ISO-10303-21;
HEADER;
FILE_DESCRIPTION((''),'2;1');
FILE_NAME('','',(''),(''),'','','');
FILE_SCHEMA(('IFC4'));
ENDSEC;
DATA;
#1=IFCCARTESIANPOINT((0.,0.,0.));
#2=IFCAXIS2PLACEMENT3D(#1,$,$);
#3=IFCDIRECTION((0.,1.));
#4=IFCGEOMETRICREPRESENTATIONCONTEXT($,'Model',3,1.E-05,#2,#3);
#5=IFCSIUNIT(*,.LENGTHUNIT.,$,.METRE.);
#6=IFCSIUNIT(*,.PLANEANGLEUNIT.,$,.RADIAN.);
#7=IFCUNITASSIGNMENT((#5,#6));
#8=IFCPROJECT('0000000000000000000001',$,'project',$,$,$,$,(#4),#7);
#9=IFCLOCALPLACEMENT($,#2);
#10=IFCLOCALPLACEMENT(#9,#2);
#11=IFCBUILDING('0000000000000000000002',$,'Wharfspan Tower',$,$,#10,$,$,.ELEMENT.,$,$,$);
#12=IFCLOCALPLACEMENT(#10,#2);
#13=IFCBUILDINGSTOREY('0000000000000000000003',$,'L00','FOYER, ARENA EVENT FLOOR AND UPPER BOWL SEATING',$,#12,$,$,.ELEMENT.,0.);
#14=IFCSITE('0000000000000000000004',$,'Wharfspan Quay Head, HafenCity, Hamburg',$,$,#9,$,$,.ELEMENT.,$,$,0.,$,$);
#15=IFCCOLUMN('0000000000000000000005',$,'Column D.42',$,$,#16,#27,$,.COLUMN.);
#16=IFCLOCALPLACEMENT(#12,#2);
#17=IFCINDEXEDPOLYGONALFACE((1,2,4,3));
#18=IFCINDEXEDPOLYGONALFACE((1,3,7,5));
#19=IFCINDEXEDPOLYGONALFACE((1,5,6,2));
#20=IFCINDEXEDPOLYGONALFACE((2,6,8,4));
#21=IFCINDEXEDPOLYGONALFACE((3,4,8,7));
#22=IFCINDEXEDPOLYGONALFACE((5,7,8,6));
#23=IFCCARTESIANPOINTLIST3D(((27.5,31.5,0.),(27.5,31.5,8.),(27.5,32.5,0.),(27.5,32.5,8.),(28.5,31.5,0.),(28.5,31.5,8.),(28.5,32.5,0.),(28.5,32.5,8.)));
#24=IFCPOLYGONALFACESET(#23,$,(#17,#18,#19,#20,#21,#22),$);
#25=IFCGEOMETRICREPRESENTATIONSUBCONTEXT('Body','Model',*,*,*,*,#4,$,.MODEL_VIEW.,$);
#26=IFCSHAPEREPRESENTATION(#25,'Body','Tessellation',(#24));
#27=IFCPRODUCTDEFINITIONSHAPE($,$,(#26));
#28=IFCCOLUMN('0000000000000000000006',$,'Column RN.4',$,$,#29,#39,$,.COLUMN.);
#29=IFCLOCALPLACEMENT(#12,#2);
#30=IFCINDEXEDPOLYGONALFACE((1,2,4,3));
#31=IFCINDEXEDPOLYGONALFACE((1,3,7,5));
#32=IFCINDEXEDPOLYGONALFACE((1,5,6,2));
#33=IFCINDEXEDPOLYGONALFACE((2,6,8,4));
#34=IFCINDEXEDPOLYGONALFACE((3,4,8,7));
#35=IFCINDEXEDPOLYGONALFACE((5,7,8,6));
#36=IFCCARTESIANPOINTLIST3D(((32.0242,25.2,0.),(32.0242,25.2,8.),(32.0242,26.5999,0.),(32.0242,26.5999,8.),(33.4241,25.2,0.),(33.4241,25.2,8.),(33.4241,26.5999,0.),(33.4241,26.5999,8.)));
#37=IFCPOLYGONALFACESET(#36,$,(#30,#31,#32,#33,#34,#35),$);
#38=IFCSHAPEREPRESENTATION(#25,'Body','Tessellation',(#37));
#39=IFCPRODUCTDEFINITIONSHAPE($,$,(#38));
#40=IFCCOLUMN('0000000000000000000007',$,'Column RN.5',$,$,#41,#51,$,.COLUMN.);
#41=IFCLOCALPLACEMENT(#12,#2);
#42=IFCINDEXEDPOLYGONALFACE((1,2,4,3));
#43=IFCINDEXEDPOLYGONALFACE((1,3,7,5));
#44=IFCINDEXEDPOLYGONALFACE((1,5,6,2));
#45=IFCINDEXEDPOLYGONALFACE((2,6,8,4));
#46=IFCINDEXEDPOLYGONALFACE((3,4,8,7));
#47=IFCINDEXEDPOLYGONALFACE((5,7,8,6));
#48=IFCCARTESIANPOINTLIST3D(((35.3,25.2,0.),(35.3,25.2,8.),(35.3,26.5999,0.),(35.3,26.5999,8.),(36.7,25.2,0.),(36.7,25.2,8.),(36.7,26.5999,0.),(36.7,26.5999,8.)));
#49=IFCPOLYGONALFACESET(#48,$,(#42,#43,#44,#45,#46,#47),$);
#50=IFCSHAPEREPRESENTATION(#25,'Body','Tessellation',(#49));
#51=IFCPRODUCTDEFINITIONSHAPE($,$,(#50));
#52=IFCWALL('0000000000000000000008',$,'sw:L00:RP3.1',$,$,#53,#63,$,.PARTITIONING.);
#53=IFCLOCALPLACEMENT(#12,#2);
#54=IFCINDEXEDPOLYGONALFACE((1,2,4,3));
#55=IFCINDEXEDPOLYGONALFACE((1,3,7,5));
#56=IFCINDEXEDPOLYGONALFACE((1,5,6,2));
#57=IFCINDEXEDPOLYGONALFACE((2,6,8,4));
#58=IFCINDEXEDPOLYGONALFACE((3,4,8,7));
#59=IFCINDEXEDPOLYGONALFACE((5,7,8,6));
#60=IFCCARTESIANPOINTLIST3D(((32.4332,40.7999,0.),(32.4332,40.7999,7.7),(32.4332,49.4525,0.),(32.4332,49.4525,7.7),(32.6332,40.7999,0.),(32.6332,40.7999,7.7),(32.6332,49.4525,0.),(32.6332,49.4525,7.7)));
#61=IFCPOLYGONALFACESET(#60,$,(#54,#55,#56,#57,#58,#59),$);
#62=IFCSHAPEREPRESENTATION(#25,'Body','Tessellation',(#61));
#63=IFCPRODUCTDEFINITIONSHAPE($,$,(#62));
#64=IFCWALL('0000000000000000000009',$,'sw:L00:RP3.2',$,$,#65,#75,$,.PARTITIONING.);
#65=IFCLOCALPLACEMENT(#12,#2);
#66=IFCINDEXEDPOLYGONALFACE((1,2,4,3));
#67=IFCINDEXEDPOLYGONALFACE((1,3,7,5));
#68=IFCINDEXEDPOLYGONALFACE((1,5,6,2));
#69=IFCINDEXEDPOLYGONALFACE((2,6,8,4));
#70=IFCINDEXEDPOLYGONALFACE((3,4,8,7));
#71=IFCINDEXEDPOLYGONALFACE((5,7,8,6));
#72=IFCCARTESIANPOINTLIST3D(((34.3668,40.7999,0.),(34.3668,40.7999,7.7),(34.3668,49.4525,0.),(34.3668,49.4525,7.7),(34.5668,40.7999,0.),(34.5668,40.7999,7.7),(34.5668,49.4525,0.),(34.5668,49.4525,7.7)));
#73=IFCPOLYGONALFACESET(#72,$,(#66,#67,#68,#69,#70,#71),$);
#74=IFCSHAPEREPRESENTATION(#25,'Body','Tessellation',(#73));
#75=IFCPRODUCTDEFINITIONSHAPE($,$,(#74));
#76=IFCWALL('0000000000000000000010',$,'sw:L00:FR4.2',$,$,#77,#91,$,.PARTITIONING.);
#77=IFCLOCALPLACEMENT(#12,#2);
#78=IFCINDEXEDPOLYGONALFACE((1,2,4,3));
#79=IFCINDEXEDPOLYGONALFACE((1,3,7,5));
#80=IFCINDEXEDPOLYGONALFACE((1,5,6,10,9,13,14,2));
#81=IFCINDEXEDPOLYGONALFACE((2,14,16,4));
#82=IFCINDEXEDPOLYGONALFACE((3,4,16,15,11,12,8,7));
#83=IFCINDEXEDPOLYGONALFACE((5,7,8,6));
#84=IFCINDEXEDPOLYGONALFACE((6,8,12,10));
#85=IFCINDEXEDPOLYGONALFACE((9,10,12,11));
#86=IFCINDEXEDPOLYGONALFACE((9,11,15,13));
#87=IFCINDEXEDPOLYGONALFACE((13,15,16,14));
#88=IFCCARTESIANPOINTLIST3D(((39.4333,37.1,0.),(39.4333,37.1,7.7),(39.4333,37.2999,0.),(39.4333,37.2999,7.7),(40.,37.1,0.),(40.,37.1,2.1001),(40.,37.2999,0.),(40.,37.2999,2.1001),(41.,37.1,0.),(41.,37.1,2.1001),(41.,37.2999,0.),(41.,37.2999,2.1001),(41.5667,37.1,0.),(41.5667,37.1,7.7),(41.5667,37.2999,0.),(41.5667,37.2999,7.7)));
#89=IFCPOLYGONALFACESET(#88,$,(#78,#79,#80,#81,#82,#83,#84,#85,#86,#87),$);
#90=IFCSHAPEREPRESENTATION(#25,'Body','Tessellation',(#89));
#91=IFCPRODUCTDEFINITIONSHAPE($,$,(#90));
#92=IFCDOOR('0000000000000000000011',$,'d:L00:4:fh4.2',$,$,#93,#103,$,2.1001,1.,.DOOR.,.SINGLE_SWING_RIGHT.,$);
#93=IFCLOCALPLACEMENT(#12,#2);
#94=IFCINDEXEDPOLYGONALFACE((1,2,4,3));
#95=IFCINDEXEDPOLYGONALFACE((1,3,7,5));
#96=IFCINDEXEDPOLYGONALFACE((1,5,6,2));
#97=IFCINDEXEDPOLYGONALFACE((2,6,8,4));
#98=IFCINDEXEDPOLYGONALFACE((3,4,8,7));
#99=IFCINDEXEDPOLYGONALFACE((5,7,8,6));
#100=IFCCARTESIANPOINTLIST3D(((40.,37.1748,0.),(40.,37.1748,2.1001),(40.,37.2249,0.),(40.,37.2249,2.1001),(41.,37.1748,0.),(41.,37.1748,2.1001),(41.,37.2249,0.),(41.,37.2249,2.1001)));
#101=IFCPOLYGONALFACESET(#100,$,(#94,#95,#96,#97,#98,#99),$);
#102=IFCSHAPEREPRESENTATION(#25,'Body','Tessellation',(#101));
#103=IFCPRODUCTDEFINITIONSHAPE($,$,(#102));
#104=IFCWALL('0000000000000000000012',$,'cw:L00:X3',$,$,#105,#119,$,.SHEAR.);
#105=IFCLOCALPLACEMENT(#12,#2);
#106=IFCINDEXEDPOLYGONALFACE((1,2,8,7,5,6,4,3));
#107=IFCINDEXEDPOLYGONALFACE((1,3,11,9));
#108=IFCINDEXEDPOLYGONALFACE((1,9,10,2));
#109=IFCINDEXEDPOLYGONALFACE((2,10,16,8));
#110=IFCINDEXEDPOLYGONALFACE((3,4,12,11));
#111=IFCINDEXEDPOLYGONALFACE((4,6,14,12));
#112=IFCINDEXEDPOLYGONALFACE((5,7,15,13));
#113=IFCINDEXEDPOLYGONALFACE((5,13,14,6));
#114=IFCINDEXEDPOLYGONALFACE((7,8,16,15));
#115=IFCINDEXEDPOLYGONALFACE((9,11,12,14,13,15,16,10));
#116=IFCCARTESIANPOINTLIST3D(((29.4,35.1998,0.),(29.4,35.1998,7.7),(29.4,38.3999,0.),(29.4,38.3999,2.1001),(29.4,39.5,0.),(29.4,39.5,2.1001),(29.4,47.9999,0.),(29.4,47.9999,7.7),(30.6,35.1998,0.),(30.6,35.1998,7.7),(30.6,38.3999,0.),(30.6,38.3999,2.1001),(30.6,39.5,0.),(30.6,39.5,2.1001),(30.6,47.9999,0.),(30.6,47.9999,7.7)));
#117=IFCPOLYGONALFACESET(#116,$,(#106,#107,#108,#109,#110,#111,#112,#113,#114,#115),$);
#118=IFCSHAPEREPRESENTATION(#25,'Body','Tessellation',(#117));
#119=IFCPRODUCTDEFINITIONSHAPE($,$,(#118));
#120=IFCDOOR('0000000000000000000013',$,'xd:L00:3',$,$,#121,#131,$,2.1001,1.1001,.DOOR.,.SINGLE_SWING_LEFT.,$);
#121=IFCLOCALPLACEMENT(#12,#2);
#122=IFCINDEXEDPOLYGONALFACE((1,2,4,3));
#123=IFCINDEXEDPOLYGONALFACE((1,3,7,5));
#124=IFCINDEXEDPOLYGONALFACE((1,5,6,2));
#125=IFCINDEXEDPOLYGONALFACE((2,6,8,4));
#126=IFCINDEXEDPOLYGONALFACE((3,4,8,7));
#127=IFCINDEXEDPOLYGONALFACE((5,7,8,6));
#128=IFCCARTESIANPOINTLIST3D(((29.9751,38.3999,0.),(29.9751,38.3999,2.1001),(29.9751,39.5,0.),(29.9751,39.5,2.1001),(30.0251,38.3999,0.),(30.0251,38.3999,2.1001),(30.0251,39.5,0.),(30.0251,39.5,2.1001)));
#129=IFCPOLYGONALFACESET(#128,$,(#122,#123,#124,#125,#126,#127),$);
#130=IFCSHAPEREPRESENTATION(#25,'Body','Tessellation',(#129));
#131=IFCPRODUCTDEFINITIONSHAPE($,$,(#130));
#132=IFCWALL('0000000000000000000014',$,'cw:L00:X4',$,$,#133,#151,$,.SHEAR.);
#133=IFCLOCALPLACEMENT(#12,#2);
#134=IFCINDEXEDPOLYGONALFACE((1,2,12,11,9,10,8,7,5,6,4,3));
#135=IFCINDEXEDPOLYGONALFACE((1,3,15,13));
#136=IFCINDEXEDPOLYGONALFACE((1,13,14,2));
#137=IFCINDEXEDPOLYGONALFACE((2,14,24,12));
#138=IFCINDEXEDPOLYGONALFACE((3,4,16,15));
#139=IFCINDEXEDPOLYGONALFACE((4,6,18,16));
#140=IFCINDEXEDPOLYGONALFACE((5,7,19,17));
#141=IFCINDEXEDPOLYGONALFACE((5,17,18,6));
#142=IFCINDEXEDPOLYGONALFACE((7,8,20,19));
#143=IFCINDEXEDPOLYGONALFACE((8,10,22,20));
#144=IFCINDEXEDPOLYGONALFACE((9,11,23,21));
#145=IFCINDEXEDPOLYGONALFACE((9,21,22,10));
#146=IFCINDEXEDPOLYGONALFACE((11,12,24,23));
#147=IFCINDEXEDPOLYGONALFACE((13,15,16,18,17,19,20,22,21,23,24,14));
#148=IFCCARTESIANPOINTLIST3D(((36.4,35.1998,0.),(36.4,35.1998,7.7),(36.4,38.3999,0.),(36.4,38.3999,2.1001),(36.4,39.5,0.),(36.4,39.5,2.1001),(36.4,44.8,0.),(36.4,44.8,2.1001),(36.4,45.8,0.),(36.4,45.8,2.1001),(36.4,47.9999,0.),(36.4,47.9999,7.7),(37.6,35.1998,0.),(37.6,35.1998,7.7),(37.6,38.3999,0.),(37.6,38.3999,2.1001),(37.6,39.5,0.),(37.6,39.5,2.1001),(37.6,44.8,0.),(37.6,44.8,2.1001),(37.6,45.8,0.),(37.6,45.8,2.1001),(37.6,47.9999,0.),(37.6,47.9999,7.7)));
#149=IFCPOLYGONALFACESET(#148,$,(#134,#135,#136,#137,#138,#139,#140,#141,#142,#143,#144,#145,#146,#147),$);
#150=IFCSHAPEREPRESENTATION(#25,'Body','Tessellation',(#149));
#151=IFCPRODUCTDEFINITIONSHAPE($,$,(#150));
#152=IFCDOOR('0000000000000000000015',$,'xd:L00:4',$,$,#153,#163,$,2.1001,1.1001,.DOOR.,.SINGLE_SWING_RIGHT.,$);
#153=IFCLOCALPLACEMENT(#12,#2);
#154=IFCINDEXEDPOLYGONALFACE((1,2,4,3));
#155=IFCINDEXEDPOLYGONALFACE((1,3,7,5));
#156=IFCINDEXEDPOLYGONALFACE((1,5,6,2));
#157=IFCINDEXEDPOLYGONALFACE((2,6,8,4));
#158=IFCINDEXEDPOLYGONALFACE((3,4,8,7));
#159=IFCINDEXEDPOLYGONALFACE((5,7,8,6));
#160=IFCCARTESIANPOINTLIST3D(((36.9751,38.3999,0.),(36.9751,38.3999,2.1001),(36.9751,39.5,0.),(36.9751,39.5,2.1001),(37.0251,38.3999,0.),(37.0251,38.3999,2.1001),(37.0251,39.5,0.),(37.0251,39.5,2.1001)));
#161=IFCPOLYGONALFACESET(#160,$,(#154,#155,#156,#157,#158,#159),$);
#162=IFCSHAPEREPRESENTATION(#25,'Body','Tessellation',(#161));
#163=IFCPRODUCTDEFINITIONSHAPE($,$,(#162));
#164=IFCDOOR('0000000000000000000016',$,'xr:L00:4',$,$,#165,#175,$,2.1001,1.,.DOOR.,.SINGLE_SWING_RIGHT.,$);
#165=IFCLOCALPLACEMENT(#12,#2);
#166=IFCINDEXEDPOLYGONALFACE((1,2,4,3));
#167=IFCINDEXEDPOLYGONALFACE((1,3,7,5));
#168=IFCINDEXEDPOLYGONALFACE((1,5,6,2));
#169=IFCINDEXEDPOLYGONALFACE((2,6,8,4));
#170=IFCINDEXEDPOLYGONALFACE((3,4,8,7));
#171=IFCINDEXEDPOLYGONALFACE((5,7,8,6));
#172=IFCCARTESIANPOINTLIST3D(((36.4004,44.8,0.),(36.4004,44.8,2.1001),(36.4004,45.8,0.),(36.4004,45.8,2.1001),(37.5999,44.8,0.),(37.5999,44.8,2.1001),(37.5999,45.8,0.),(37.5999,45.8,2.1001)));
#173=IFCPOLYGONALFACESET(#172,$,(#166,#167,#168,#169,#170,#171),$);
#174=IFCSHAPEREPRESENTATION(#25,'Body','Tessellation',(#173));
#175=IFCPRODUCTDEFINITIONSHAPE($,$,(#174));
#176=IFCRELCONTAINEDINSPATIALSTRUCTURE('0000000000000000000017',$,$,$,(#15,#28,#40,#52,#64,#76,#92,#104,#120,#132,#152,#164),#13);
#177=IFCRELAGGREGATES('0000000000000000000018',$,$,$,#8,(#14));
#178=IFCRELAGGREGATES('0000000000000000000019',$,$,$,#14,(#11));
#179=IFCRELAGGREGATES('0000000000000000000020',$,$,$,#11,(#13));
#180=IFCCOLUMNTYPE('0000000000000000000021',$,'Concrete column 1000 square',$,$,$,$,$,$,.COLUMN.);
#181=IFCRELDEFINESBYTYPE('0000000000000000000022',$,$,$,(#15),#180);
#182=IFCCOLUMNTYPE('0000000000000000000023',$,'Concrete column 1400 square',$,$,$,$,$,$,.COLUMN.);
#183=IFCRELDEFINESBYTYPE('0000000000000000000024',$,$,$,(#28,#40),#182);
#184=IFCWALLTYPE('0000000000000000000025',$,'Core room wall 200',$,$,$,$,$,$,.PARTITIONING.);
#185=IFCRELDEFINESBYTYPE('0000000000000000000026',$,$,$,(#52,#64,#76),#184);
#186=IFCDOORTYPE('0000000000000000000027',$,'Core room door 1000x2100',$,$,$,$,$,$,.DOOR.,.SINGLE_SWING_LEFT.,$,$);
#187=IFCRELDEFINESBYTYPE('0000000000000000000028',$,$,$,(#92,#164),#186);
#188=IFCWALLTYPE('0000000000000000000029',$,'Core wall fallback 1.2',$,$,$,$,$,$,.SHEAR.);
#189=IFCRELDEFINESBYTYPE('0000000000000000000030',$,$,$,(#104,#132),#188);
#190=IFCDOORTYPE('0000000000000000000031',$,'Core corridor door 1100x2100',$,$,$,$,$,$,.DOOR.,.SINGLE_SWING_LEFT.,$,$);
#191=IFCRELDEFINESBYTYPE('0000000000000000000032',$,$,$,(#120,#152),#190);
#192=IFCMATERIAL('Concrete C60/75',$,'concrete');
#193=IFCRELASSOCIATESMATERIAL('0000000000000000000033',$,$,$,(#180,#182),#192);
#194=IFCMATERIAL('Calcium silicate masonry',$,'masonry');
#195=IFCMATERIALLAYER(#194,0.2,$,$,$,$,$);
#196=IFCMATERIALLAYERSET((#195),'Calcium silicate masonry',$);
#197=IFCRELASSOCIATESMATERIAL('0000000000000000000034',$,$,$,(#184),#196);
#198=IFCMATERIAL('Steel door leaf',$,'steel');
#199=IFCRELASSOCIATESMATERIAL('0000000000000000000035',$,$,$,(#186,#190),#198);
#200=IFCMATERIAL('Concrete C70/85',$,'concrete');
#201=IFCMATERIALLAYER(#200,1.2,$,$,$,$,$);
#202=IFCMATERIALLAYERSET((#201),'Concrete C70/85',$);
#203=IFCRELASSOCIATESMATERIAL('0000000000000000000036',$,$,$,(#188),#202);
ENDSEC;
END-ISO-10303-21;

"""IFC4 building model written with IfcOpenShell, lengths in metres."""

from ifc_helpers import new_model, si_unit, direction, frame, frame_2d, origin, origin_2d, place, context, subcontext, project, spatial, rectangle, extrude, material, layer, layer_set, material_profile, profile_set, type_object, element, fill, save


model = new_model("IFC4")

# Units and contexts
model_context = context("Model", 3, precision=1e-05, world=origin(), true_north=direction((0.0, 1.0)))
body_context = subcontext(model_context, "Body", "Model", "MODEL_VIEW")
ifc_project = project(units=[si_unit("LENGTHUNIT", "METRE"), si_unit("PLANEANGLEUNIT", "RADIAN")], contexts=[model_context])

# Site, building, storey
site_placement = place(None, origin())
site = spatial("IfcSite", under=ifc_project, at=site_placement, Name="Wharfspan Quay Head, HafenCity, Hamburg", CompositionType="ELEMENT", RefElevation=0.0)
building_placement = place(site_placement, origin())
building = spatial("IfcBuilding", under=site, at=building_placement, Name="Wharfspan Tower", CompositionType="ELEMENT")
storey_placement = place(building_placement, origin())
storey = spatial("IfcBuildingStorey", under=building, at=storey_placement, Name="L00", Description="FOYER, ARENA EVENT FLOOR AND UPPER BOWL SEATING", CompositionType="ELEMENT", Elevation=0.0)

# Columns
ifc_material_1 = material(Name="Concrete C60/75", Category="concrete")
ifc_material_profile_1 = material_profile(ifc_material_1, rectangle(XDim=1.0, YDim=1.0, at=origin_2d()))
ifc_profile_set_1 = profile_set([ifc_material_profile_1], Name="Concrete C60/75")
column_type_1 = type_object("IfcColumnType", Name="Concrete column 1000 square", PredefinedType="COLUMN", material=ifc_profile_set_1)
column_placement = place(storey_placement, frame((28.0, 32.0, 0.0), z_axis=(0.0, 0.0, 1.0), x_axis=(1.0, 0.0, 0.0)))
element("IfcColumn", 1, at=column_placement, inside=storey, type_object=column_type_1, Name="Column D.42", PredefinedType="COLUMN", context=body_context, shape_type="SweptSolid", body=[
    extrude(rectangle(XDim=1.0, YDim=1.0, at=origin_2d()), origin(), (0.0, 0.0, 1.0), 8.0),
])
ifc_material_profile_2 = material_profile(ifc_material_1, rectangle(XDim=1.3999, YDim=1.3999, at=origin_2d()))
ifc_profile_set_2 = profile_set([ifc_material_profile_2], Name="Concrete C60/75")
column_type_2 = type_object("IfcColumnType", Name="Concrete column 1400 square", PredefinedType="COLUMN", material=ifc_profile_set_2)
for number, where, z_axis, x_axis, name in (
    (2, (32.7241, 25.8999, 0.0), (0.0, 0.0, 1.0), (1.0, 0.0, 0.0), "Column RN.4"),
    (3, (36.0, 25.8999, 0.0), (0.0, 0.0, 1.0), (1.0, 0.0, 0.0), "Column RN.5"),
):
    element("IfcColumn", number, at=place(storey_placement, frame(where, z_axis=z_axis, x_axis=x_axis)), inside=storey, type_object=column_type_2, Name=name, PredefinedType="COLUMN", context=body_context, shape_type="SweptSolid", body=[
        extrude(rectangle(XDim=1.3999, YDim=1.3999, at=origin_2d()), origin(), (0.0, 0.0, 1.0), 8.0),
    ])

# Walls
ifc_material_2 = material(Name="Calcium silicate masonry", Category="masonry")
ifc_layer_1 = layer(ifc_material_2, 0.2)
ifc_layer_set_1 = layer_set([ifc_layer_1], Name="Calcium silicate masonry")
wall_type_1 = type_object("IfcWallType", Name="Core room wall 200", PredefinedType="PARTITIONING", material=ifc_layer_set_1)
for number, where, z_axis, x_axis, name in (
    (4, (32.5332, 40.8, 0.0), (0.0, 0.0, 1.0), (0.0, 1.0, 0.0), "sw:L00:RP3.1"),
    (5, (34.4668, 40.8, 0.0), (0.0, 0.0, 1.0), (0.0, 1.0, 0.0), "sw:L00:RP3.2"),
):
    element("IfcWall", number, at=place(storey_placement, frame(where, z_axis=z_axis, x_axis=x_axis)), inside=storey, type_object=wall_type_1, Name=name, PredefinedType="PARTITIONING", context=body_context, shape_type="SweptSolid", body=[
        extrude(rectangle(XDim=8.6526, YDim=0.2, at=frame_2d((4.3262, 0.0))), origin(), (0.0, 0.0, 1.0), 7.7),
    ])

# Walls, openings, doors
wall_1_placement = place(storey_placement, frame((39.4333, 37.2, 0.0), z_axis=(0.0, 0.0, 1.0), x_axis=(1.0, 0.0, 0.0)))
wall_1 = element("IfcWall", 6, at=wall_1_placement, inside=storey, type_object=wall_type_1, Name="sw:L00:FR4.2", PredefinedType="PARTITIONING", context=body_context, shape_type="SweptSolid", body=[
    extrude(rectangle(XDim=2.1333, YDim=0.2, at=frame_2d((1.0667, 0.0))), origin(), (0.0, 0.0, 1.0), 7.7),
])
opening_1_placement = place(wall_1_placement, frame((0.5666, 0.0, 0.0)))
opening_1 = element("IfcOpeningElement", 7, at=opening_1_placement, cuts=wall_1, PredefinedType="OPENING", context=body_context, shape_type="SweptSolid", body=[
    extrude(rectangle(XDim=1.0, YDim=2.1001, at=frame_2d((0.5, 1.05))), frame((0.0, 0.1099, 0.0), z_axis=(0.0, -1.0, 0.0), x_axis=(1.0, 0.0, 0.0)), (0.0, 0.0, 1.0), 0.22),
])
ifc_material_3 = material(Name="Steel door leaf", Category="steel")
door_type_1 = type_object("IfcDoorType", Name="Core room door 1000x2100", OperationType="SINGLE_SWING_LEFT", PredefinedType="DOOR", material=ifc_material_3)
door_1_placement = place(opening_1_placement, origin())
door_1 = element("IfcDoor", 8, at=door_1_placement, inside=storey, type_object=door_type_1, Name="d:L00:4:fh4.2", OperationType="SINGLE_SWING_RIGHT", OverallHeight=2.1001, OverallWidth=1.0, PredefinedType="DOOR", context=body_context, shape_type="SweptSolid", body=[
    extrude(rectangle(XDim=1.0, YDim=2.1001, at=frame_2d((0.5, 1.05))), frame((0.0, 0.0249, 0.0), z_axis=(0.0, -1.0, 0.0), x_axis=(1.0, 0.0, 0.0)), (0.0, 0.0, 1.0), 0.05),
])
fill(opening_1, door_1)
ifc_material_4 = material(Name="Concrete C70/85", Category="concrete")
ifc_layer_2 = layer(ifc_material_4, 1.2)
ifc_layer_set_2 = layer_set([ifc_layer_2], Name="Concrete C70/85")
wall_type_2 = type_object("IfcWallType", Name="Core wall fallback 1.2", PredefinedType="SHEAR", material=ifc_layer_set_2)
wall_2_placement = place(storey_placement, frame((30.0, 35.2, 0.0), z_axis=(0.0, 0.0, 1.0), x_axis=(0.0, 1.0, 0.0)))
wall_2 = element("IfcWall", 9, at=wall_2_placement, inside=storey, type_object=wall_type_2, Name="cw:L00:X3", PredefinedType="SHEAR", context=body_context, shape_type="SweptSolid", body=[
    extrude(rectangle(XDim=12.8, YDim=1.2, at=frame_2d((6.3999, 0.0))), origin(), (0.0, 0.0, 1.0), 7.7),
])
opening_2_placement = place(wall_2_placement, frame((3.2, 0.0, 0.0)))
opening_2 = element("IfcOpeningElement", 10, at=opening_2_placement, cuts=wall_2, PredefinedType="OPENING", context=body_context, shape_type="SweptSolid", body=[
    extrude(rectangle(XDim=1.1001, YDim=2.1001, at=frame_2d((0.55, 1.05))), frame((0.0, 0.6099, 0.0), z_axis=(0.0, -1.0, 0.0), x_axis=(1.0, 0.0, 0.0)), (0.0, 0.0, 1.0), 1.22),
])
door_type_2 = type_object("IfcDoorType", Name="Core corridor door 1100x2100", OperationType="SINGLE_SWING_LEFT", PredefinedType="DOOR", material=ifc_material_3)
door_2_placement = place(opening_2_placement, origin())
door_2 = element("IfcDoor", 11, at=door_2_placement, inside=storey, type_object=door_type_2, Name="xd:L00:3", OperationType="SINGLE_SWING_LEFT", OverallHeight=2.1001, OverallWidth=1.1001, PredefinedType="DOOR", context=body_context, shape_type="SweptSolid", body=[
    extrude(rectangle(XDim=1.1001, YDim=2.1001, at=frame_2d((0.55, 1.05))), frame((0.0, 0.0249, 0.0), z_axis=(0.0, -1.0, 0.0), x_axis=(1.0, 0.0, 0.0)), (0.0, 0.0, 1.0), 0.05),
])
fill(opening_2, door_2)

# Wall, openings, doors
wall_3_placement = place(storey_placement, frame((37.0, 35.2, 0.0), z_axis=(0.0, 0.0, 1.0), x_axis=(0.0, 1.0, 0.0)))
wall_3 = element("IfcWall", 12, at=wall_3_placement, inside=storey, type_object=wall_type_2, Name="cw:L00:X4", PredefinedType="SHEAR", context=body_context, shape_type="SweptSolid", body=[
    extrude(rectangle(XDim=12.8, YDim=1.2, at=frame_2d((6.3999, 0.0))), origin(), (0.0, 0.0, 1.0), 7.7),
])
opening_3_placement = place(wall_3_placement, frame((3.2, 0.0, 0.0)))
opening_3 = element("IfcOpeningElement", 13, at=opening_3_placement, cuts=wall_3, PredefinedType="OPENING", context=body_context, shape_type="SweptSolid", body=[
    extrude(rectangle(XDim=1.1001, YDim=2.1001, at=frame_2d((0.55, 1.05))), frame((0.0, 0.6099, 0.0), z_axis=(0.0, -1.0, 0.0), x_axis=(1.0, 0.0, 0.0)), (0.0, 0.0, 1.0), 1.22),
])
opening_4_placement = place(wall_3_placement, frame((9.6001, 0.0, 0.0)))
opening_4 = element("IfcOpeningElement", 14, at=opening_4_placement, cuts=wall_3, PredefinedType="OPENING", context=body_context, shape_type="SweptSolid", body=[
    extrude(rectangle(XDim=1.0, YDim=2.1001, at=frame_2d((0.5, 1.05))), frame((0.0, 0.6099, 0.0), z_axis=(0.0, -1.0, 0.0), x_axis=(1.0, 0.0, 0.0)), (0.0, 0.0, 1.0), 1.22),
])
door_3_placement = place(opening_3_placement, origin())
door_3 = element("IfcDoor", 15, at=door_3_placement, inside=storey, type_object=door_type_2, Name="xd:L00:4", OperationType="SINGLE_SWING_RIGHT", OverallHeight=2.1001, OverallWidth=1.1001, PredefinedType="DOOR", context=body_context, shape_type="SweptSolid", body=[
    extrude(rectangle(XDim=1.1001, YDim=2.1001, at=frame_2d((0.55, 1.05))), frame((0.0, 0.0249, 0.0), z_axis=(0.0, -1.0, 0.0), x_axis=(1.0, 0.0, 0.0)), (0.0, 0.0, 1.0), 0.05),
])
fill(opening_3, door_3)
door_4_placement = place(opening_4_placement, origin())
door_4 = element("IfcDoor", 16, at=door_4_placement, inside=storey, type_object=door_type_1, Name="xr:L00:4", OperationType="SINGLE_SWING_RIGHT", OverallHeight=2.1001, OverallWidth=1.0, PredefinedType="DOOR", context=body_context, shape_type="SweptSolid", body=[
    extrude(rectangle(XDim=1.0, YDim=2.1001, at=frame_2d((0.5, 1.05))), frame((0.0, 0.5996, 0.0), z_axis=(0.0, -1.0, 0.0), x_axis=(1.0, 0.0, 0.0)), (0.0, 0.0, 1.0), 1.1995),
])
fill(opening_4, door_4)

save(model, "model.ifc")
